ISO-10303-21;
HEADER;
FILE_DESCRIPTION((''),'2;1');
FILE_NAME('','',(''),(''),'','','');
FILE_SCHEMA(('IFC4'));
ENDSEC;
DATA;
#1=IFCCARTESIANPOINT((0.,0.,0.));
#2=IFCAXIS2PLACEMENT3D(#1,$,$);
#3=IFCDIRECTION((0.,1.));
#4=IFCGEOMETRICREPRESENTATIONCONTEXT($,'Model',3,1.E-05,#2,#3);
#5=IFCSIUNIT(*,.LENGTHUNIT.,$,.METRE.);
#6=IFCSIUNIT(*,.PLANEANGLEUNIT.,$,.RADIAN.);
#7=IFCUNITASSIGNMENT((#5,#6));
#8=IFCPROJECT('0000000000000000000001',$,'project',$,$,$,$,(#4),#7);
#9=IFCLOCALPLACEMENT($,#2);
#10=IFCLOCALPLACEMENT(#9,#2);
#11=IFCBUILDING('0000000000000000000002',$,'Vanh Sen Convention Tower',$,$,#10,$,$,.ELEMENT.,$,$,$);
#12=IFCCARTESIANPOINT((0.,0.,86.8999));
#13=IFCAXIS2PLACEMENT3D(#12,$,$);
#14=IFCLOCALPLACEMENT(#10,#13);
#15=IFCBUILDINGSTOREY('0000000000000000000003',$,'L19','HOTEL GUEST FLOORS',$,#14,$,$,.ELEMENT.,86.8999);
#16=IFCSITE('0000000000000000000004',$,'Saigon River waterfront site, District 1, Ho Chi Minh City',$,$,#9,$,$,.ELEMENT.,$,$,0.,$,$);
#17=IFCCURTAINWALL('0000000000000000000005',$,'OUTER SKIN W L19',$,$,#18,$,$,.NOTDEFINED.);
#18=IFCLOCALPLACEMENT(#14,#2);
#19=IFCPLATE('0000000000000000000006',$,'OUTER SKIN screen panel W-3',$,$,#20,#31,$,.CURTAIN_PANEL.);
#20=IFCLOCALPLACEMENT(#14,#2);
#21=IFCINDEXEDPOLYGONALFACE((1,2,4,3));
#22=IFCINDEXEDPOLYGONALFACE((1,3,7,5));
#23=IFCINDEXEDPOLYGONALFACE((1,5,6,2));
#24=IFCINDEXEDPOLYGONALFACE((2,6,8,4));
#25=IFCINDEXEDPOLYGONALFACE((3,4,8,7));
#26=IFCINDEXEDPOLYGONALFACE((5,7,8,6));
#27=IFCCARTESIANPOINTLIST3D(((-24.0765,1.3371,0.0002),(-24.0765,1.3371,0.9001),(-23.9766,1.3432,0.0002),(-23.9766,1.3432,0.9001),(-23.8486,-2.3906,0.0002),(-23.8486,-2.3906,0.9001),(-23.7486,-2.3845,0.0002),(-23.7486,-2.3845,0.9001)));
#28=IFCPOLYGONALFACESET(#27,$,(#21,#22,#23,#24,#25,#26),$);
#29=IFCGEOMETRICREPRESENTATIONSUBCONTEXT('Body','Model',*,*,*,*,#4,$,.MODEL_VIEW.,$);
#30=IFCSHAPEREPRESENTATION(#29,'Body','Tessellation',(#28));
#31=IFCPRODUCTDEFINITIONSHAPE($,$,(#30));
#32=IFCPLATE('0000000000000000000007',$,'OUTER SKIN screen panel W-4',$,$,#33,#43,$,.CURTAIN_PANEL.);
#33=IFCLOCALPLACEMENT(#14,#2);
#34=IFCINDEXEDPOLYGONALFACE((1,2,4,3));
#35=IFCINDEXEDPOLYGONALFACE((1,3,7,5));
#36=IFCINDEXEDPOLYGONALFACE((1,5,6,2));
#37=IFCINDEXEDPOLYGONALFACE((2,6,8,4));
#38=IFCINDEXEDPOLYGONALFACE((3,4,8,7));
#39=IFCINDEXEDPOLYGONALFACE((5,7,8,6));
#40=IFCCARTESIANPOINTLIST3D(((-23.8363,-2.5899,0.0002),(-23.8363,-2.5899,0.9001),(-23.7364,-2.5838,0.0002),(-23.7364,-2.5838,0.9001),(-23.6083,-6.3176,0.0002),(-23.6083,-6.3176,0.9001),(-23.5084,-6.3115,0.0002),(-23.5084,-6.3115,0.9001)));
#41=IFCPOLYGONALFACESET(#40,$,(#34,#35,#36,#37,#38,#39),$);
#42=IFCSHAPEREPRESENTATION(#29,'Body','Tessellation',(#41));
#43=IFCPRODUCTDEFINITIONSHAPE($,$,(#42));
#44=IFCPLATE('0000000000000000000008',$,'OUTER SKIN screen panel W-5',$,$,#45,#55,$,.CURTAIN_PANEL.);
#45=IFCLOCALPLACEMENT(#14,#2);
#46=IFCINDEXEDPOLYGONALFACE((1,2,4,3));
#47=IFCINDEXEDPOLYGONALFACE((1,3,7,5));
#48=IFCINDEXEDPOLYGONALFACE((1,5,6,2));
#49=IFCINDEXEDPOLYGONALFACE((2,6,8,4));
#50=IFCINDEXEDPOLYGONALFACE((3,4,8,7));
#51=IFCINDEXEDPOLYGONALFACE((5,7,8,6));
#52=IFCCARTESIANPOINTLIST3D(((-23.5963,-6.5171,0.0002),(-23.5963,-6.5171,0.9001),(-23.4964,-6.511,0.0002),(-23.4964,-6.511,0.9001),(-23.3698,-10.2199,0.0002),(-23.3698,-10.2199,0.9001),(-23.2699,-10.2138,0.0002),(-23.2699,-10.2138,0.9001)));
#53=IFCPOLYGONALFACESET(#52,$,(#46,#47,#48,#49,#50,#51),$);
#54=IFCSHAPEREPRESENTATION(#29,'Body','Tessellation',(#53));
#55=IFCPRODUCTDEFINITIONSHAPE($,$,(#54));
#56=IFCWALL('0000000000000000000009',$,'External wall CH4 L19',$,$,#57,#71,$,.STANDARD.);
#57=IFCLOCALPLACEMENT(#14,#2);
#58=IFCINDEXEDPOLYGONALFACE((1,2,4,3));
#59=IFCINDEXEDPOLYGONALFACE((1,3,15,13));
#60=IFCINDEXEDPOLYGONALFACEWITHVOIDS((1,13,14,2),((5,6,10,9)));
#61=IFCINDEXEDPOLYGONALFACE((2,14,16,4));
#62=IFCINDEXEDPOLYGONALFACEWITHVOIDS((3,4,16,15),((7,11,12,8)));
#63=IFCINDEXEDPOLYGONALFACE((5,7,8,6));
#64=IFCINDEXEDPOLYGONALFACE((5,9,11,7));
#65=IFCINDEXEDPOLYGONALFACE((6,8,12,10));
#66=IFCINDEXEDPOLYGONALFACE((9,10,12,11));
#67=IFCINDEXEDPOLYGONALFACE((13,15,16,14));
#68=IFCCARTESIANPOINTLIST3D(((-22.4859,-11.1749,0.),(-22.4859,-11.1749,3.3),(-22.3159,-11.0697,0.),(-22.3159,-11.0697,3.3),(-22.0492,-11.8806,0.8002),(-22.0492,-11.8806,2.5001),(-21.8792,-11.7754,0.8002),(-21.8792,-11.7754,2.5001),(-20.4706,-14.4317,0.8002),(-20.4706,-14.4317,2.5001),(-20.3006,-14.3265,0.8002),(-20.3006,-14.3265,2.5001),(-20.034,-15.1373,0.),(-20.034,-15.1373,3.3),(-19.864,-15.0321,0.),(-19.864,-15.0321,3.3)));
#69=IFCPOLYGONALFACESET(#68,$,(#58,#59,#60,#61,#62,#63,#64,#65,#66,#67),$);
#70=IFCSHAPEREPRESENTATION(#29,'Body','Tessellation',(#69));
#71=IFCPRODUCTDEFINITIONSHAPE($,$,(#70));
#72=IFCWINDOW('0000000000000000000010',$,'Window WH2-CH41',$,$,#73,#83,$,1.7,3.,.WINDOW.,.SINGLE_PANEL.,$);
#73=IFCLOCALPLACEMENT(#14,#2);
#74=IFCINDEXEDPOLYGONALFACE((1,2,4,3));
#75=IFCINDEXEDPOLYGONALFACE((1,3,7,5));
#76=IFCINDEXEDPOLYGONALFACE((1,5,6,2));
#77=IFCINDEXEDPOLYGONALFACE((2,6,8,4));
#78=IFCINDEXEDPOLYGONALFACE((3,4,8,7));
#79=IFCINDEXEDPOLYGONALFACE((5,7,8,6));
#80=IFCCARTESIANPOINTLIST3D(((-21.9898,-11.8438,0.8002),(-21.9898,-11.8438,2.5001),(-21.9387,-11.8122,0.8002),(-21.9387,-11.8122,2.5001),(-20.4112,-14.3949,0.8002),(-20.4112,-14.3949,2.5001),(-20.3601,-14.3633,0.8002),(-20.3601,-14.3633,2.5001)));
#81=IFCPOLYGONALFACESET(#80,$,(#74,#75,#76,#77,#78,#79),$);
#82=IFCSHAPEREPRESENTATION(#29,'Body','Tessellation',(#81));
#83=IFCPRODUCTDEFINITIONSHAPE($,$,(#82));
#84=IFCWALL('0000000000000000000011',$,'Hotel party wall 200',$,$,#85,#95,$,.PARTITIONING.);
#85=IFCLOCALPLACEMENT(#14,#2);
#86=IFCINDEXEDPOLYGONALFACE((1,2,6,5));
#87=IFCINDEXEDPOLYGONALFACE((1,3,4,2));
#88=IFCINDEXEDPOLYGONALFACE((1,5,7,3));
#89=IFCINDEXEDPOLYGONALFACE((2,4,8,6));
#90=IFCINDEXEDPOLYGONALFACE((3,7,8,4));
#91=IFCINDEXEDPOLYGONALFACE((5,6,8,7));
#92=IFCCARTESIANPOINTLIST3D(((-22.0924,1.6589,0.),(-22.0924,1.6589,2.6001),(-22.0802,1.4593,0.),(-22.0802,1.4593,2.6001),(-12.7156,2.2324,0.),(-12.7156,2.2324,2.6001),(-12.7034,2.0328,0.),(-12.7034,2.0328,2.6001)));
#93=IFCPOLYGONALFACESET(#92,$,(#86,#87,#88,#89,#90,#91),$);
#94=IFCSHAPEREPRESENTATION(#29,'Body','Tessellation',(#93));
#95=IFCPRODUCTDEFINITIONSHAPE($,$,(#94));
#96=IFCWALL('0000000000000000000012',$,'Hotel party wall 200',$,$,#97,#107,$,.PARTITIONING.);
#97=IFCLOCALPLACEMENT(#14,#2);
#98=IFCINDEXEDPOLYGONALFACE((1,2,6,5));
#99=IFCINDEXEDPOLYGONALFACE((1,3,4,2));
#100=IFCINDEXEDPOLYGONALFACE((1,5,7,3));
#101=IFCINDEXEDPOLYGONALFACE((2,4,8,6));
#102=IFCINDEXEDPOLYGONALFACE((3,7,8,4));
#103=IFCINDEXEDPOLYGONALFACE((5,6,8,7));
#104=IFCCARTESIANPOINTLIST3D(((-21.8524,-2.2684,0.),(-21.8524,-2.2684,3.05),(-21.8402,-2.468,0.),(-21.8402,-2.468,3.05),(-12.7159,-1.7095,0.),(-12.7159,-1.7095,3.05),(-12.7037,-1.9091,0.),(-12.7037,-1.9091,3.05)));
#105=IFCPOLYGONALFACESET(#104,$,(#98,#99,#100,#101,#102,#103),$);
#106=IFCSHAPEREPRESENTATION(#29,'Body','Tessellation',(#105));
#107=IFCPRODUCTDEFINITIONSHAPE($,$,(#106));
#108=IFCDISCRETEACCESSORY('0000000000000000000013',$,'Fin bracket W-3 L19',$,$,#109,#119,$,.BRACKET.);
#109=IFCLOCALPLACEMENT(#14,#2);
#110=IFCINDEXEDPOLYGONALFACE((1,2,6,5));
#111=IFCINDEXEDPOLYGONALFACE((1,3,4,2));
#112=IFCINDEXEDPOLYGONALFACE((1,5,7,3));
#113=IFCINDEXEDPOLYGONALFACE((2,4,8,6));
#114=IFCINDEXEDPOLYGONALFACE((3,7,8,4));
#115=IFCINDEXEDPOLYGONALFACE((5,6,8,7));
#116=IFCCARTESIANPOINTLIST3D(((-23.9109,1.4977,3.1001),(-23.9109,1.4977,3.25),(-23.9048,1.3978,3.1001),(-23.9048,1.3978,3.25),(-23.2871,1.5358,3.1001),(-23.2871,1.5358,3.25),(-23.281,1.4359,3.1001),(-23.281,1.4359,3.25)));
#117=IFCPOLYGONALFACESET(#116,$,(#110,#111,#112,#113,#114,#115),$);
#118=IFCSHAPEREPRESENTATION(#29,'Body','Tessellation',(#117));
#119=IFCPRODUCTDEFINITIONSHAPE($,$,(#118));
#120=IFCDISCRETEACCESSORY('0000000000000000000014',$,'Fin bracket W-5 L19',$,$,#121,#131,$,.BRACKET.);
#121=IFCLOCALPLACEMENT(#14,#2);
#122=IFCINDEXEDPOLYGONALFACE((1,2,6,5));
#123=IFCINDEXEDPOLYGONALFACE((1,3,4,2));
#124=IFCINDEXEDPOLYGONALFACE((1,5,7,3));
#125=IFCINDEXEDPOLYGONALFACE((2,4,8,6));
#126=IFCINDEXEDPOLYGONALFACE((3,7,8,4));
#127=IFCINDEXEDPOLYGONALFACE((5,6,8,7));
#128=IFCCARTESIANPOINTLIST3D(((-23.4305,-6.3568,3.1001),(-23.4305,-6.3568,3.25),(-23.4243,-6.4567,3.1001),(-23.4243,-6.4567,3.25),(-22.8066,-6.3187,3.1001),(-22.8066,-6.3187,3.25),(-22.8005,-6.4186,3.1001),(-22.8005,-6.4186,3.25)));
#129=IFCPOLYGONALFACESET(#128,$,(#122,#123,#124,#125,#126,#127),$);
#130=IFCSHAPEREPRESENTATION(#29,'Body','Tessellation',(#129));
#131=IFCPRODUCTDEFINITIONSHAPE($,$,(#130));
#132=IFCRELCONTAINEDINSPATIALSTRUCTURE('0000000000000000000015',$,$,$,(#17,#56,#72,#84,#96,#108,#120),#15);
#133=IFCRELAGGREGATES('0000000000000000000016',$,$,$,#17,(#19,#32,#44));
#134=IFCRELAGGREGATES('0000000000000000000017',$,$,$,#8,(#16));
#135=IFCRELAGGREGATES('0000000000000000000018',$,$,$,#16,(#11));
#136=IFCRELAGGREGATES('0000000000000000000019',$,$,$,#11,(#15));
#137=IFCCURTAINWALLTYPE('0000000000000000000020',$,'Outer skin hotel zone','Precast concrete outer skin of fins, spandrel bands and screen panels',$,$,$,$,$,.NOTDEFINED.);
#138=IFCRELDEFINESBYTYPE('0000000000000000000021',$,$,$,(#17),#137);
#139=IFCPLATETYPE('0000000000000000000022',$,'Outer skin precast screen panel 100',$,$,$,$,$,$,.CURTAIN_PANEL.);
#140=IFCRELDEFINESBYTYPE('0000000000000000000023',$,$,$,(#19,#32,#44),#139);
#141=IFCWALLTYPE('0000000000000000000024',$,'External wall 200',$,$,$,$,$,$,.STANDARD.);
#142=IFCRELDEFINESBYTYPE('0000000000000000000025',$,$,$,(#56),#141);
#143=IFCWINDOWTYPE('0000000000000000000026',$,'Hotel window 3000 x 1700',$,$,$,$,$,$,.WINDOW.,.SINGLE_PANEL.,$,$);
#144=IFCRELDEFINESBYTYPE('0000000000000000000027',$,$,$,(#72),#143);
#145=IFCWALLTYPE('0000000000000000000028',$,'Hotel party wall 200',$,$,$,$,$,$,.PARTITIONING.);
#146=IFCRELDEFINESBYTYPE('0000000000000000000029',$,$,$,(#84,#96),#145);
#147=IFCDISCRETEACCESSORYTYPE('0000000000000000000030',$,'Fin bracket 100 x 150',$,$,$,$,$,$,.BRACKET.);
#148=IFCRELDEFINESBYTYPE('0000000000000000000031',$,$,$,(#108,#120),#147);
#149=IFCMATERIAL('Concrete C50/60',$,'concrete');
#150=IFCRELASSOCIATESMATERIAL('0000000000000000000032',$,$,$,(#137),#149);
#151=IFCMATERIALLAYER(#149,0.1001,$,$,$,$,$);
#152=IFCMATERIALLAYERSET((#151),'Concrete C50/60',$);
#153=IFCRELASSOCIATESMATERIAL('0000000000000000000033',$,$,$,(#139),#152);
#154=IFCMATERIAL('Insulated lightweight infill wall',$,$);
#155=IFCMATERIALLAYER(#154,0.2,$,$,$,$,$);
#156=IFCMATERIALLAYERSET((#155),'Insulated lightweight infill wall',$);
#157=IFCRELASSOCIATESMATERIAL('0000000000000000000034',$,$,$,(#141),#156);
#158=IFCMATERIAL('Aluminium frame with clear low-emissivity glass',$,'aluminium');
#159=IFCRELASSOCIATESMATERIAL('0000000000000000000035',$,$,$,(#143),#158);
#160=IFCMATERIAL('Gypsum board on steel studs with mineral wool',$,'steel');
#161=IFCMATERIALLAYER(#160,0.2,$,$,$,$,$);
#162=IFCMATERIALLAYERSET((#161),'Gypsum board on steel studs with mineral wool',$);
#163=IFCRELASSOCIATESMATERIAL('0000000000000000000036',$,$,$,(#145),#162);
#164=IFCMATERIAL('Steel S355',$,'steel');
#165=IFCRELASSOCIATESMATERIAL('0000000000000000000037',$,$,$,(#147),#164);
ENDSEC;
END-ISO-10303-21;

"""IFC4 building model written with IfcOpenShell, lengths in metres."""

from ifc_helpers import new_model, si_unit, direction, frame, frame_2d, origin, origin_2d, place, context, subcontext, project, spatial, rectangle, extrude, material, layer, layer_set, type_object, element, fill, aggregate, save


model = new_model("IFC4")

# Units and contexts
model_context = context("Model", 3, precision=1e-05, world=origin(), true_north=direction((0.0, 1.0)))
body_context = subcontext(model_context, "Body", "Model", "MODEL_VIEW")
ifc_project = project(units=[si_unit("LENGTHUNIT", "METRE"), si_unit("PLANEANGLEUNIT", "RADIAN")], contexts=[model_context])

# Site, building, storey
site_placement = place(None, origin())
site = spatial("IfcSite", under=ifc_project, at=site_placement, Name="Saigon River waterfront site, District 1, Ho Chi Minh City", CompositionType="ELEMENT", RefElevation=0.0)
building_placement = place(site_placement, origin())
building = spatial("IfcBuilding", under=site, at=building_placement, Name="Vanh Sen Convention Tower", CompositionType="ELEMENT")
storey_placement = place(building_placement, frame((0.0, 0.0, 86.8999)))
storey = spatial("IfcBuildingStorey", under=building, at=storey_placement, Name="L19", Description="HOTEL GUEST FLOORS", CompositionType="ELEMENT", Elevation=86.8999)

# Curtain wall
ifc_material_1 = material(Name="Concrete C50/60", Category="concrete")
curtain_wall_type = type_object("IfcCurtainWallType", Name="Outer skin hotel zone", Description="Precast concrete outer skin of fins, spandrel bands and screen panels", PredefinedType="NOTDEFINED", material=ifc_material_1)
curtain_wall_1_placement = place(storey_placement, origin())
curtain_wall_1 = element("IfcCurtainWall", 1, at=curtain_wall_1_placement, inside=storey, type_object=curtain_wall_type, Name="OUTER SKIN W L19", PredefinedType="NOTDEFINED")

# Plates
ifc_layer_1 = layer(ifc_material_1, 0.1001)
ifc_layer_set_1 = layer_set([ifc_layer_1], Name="Concrete C50/60")
plate_type = type_object("IfcPlateType", Name="Outer skin precast screen panel 100", PredefinedType="CURTAIN_PANEL", material=ifc_layer_set_1)
plate_1_placement = place(storey_placement, frame((-23.9126, -0.5237, 0.0002), z_axis=(0.0, 0.0, 1.0), x_axis=(0.061047, -0.998135, 0.0)))
plate_1 = element("IfcPlate", 2, at=plate_1_placement, type_object=plate_type, Name="OUTER SKIN screen panel W-3", PredefinedType="CURTAIN_PANEL", context=body_context, shape_type="SweptSolid", body=[
    extrude(rectangle(XDim=3.7346, YDim=0.1001, at=origin_2d()), origin(), (0.0, 0.0, 1.0), 0.8999),
])
plate_2_placement = place(storey_placement, frame((-23.6724, -4.4507, 0.0002), z_axis=(0.0, 0.0, 1.0), x_axis=(0.061049, -0.998135, 0.0)))
plate_2 = element("IfcPlate", 3, at=plate_2_placement, type_object=plate_type, Name="OUTER SKIN screen panel W-4", PredefinedType="CURTAIN_PANEL", context=body_context, shape_type="SweptSolid", body=[
    extrude(rectangle(XDim=3.7346, YDim=0.1001, at=origin_2d()), origin(), (0.0, 0.0, 1.0), 0.8999),
])
plate_3_placement = place(storey_placement, frame((-23.4331, -8.3655, 0.0002), z_axis=(0.0, 0.0, 1.0), x_axis=(0.061047, -0.998135, 0.0)))
plate_3 = element("IfcPlate", 4, at=plate_3_placement, type_object=plate_type, Name="OUTER SKIN screen panel W-5", PredefinedType="CURTAIN_PANEL", context=body_context, shape_type="SweptSolid", body=[
    extrude(rectangle(XDim=3.7097, YDim=0.1001, at=origin_2d()), origin(), (0.0, 0.0, 1.0), 0.8999),
])
aggregate(curtain_wall_1, [plate_1, plate_2, plate_3])

# Wall, opening, window
ifc_material_2 = material(Name="Insulated lightweight infill wall")
ifc_layer_2 = layer(ifc_material_2, 0.2)
ifc_layer_set_2 = layer_set([ifc_layer_2], Name="Insulated lightweight infill wall")
wall_type_1 = type_object("IfcWallType", Name="External wall 200", PredefinedType="STANDARD", material=ifc_layer_set_2)
wall_1_placement = place(storey_placement, frame((-22.4009, -11.1223, 0.0), z_axis=(0.0, 0.0, 1.0), x_axis=(0.526198, -0.850362, 0.0)))
wall_1 = element("IfcWall", 5, at=wall_1_placement, inside=storey, type_object=wall_type_1, Name="External wall CH4 L19", PredefinedType="STANDARD", context=body_context, shape_type="SweptSolid", body=[
    extrude(rectangle(XDim=4.6597, YDim=0.2, at=frame_2d((2.3298, 0.0))), origin(), (0.0, 0.0, 1.0), 3.3),
])
opening_placement = place(wall_1_placement, frame((0.8298, 0.0, 0.8)))
opening = element("IfcOpeningElement", 6, at=opening_placement, cuts=wall_1, PredefinedType="OPENING", context=body_context, shape_type="SweptSolid", body=[
    extrude(rectangle(XDim=3.0, YDim=1.7, at=frame_2d((1.5, 0.8501))), frame((0.0, 0.1099, 0.0), z_axis=(0.0, -1.0, 0.0), x_axis=(1.0, 0.0, 0.0)), (0.0, 0.0, 1.0), 0.22),
])
ifc_material_3 = material(Name="Aluminium frame with clear low-emissivity glass", Category="aluminium")
window_type = type_object("IfcWindowType", Name="Hotel window 3000 x 1700", PartitioningType="SINGLE_PANEL", PredefinedType="WINDOW", material=ifc_material_3)
window_placement = place(opening_placement, origin())
window = element("IfcWindow", 7, at=window_placement, inside=storey, type_object=window_type, Name="Window WH2-CH41", OverallHeight=1.7, OverallWidth=3.0, PartitioningType="SINGLE_PANEL", PredefinedType="WINDOW", context=body_context, shape_type="SweptSolid", body=[
    extrude(rectangle(XDim=3.0, YDim=1.7, at=frame_2d((1.5, 0.8501))), frame((0.0, 0.03, 0.0), z_axis=(0.0, -1.0, 0.0), x_axis=(1.0, 0.0, 0.0)), (0.0, 0.0, 1.0), 0.0601),
])
fill(opening, window)

# Walls
ifc_material_4 = material(Name="Gypsum board on steel studs with mineral wool", Category="steel")
ifc_layer_3 = layer(ifc_material_4, 0.2)
ifc_layer_set_3 = layer_set([ifc_layer_3], Name="Gypsum board on steel studs with mineral wool")
wall_type_2 = type_object("IfcWallType", Name="Hotel party wall 200", PredefinedType="PARTITIONING", material=ifc_layer_set_3)
wall_2_placement = place(storey_placement, frame((-22.0864, 1.5591, 0.0), z_axis=(0.0, 0.0, 1.0), x_axis=(0.998135, 0.061047, 0.0)))
element("IfcWall", 8, at=wall_2_placement, inside=storey, type_object=wall_type_2, Name="Hotel party wall 200", PredefinedType="PARTITIONING", context=body_context, shape_type="SweptSolid", body=[
    extrude(rectangle(XDim=9.3943, YDim=0.2, at=frame_2d((4.6973, 0.0))), origin(), (0.0, 0.0, 1.0), 2.6001),
])
wall_3_placement = place(storey_placement, frame((-21.8462, -2.3682, 0.0), z_axis=(0.0, 0.0, 1.0), x_axis=(0.998135, 0.061051, 0.0)))
element("IfcWall", 9, at=wall_3_placement, inside=storey, type_object=wall_type_2, Name="Hotel party wall 200", PredefinedType="PARTITIONING", context=body_context, shape_type="SweptSolid", body=[
    extrude(rectangle(XDim=9.1536, YDim=0.2, at=frame_2d((4.5767, 0.0))), origin(), (0.0, 0.0, 1.0), 3.05),
])

# Discrete accessories
ifc_material_5 = material(Name="Steel S355", Category="steel")
discrete_accessory_type = type_object("IfcDiscreteAccessoryType", Name="Fin bracket 100 x 150", PredefinedType="BRACKET", material=ifc_material_5)
for number, where, z_axis, x_axis, name in (
    (10, (-23.5959, 1.4668, 3.1001), (0.0, 0.0, 1.0), (-0.998135, -0.061049, 0.0), "Fin bracket W-3 L19"),
    (11, (-23.1155, -6.3877, 3.1001), (0.0, 0.0, 1.0), (-0.998135, -0.061049, 0.0), "Fin bracket W-5 L19"),
):
    element("IfcDiscreteAccessory", number, at=place(storey_placement, frame(where, z_axis=z_axis, x_axis=x_axis)), inside=storey, type_object=discrete_accessory_type, Name=name, PredefinedType="BRACKET", context=body_context, shape_type="SweptSolid", body=[
        extrude(rectangle(XDim=0.625, YDim=0.1001, at=origin_2d()), origin(), (0.0, 0.0, 1.0), 0.1499),
    ])

save(model, "model.ifc")
